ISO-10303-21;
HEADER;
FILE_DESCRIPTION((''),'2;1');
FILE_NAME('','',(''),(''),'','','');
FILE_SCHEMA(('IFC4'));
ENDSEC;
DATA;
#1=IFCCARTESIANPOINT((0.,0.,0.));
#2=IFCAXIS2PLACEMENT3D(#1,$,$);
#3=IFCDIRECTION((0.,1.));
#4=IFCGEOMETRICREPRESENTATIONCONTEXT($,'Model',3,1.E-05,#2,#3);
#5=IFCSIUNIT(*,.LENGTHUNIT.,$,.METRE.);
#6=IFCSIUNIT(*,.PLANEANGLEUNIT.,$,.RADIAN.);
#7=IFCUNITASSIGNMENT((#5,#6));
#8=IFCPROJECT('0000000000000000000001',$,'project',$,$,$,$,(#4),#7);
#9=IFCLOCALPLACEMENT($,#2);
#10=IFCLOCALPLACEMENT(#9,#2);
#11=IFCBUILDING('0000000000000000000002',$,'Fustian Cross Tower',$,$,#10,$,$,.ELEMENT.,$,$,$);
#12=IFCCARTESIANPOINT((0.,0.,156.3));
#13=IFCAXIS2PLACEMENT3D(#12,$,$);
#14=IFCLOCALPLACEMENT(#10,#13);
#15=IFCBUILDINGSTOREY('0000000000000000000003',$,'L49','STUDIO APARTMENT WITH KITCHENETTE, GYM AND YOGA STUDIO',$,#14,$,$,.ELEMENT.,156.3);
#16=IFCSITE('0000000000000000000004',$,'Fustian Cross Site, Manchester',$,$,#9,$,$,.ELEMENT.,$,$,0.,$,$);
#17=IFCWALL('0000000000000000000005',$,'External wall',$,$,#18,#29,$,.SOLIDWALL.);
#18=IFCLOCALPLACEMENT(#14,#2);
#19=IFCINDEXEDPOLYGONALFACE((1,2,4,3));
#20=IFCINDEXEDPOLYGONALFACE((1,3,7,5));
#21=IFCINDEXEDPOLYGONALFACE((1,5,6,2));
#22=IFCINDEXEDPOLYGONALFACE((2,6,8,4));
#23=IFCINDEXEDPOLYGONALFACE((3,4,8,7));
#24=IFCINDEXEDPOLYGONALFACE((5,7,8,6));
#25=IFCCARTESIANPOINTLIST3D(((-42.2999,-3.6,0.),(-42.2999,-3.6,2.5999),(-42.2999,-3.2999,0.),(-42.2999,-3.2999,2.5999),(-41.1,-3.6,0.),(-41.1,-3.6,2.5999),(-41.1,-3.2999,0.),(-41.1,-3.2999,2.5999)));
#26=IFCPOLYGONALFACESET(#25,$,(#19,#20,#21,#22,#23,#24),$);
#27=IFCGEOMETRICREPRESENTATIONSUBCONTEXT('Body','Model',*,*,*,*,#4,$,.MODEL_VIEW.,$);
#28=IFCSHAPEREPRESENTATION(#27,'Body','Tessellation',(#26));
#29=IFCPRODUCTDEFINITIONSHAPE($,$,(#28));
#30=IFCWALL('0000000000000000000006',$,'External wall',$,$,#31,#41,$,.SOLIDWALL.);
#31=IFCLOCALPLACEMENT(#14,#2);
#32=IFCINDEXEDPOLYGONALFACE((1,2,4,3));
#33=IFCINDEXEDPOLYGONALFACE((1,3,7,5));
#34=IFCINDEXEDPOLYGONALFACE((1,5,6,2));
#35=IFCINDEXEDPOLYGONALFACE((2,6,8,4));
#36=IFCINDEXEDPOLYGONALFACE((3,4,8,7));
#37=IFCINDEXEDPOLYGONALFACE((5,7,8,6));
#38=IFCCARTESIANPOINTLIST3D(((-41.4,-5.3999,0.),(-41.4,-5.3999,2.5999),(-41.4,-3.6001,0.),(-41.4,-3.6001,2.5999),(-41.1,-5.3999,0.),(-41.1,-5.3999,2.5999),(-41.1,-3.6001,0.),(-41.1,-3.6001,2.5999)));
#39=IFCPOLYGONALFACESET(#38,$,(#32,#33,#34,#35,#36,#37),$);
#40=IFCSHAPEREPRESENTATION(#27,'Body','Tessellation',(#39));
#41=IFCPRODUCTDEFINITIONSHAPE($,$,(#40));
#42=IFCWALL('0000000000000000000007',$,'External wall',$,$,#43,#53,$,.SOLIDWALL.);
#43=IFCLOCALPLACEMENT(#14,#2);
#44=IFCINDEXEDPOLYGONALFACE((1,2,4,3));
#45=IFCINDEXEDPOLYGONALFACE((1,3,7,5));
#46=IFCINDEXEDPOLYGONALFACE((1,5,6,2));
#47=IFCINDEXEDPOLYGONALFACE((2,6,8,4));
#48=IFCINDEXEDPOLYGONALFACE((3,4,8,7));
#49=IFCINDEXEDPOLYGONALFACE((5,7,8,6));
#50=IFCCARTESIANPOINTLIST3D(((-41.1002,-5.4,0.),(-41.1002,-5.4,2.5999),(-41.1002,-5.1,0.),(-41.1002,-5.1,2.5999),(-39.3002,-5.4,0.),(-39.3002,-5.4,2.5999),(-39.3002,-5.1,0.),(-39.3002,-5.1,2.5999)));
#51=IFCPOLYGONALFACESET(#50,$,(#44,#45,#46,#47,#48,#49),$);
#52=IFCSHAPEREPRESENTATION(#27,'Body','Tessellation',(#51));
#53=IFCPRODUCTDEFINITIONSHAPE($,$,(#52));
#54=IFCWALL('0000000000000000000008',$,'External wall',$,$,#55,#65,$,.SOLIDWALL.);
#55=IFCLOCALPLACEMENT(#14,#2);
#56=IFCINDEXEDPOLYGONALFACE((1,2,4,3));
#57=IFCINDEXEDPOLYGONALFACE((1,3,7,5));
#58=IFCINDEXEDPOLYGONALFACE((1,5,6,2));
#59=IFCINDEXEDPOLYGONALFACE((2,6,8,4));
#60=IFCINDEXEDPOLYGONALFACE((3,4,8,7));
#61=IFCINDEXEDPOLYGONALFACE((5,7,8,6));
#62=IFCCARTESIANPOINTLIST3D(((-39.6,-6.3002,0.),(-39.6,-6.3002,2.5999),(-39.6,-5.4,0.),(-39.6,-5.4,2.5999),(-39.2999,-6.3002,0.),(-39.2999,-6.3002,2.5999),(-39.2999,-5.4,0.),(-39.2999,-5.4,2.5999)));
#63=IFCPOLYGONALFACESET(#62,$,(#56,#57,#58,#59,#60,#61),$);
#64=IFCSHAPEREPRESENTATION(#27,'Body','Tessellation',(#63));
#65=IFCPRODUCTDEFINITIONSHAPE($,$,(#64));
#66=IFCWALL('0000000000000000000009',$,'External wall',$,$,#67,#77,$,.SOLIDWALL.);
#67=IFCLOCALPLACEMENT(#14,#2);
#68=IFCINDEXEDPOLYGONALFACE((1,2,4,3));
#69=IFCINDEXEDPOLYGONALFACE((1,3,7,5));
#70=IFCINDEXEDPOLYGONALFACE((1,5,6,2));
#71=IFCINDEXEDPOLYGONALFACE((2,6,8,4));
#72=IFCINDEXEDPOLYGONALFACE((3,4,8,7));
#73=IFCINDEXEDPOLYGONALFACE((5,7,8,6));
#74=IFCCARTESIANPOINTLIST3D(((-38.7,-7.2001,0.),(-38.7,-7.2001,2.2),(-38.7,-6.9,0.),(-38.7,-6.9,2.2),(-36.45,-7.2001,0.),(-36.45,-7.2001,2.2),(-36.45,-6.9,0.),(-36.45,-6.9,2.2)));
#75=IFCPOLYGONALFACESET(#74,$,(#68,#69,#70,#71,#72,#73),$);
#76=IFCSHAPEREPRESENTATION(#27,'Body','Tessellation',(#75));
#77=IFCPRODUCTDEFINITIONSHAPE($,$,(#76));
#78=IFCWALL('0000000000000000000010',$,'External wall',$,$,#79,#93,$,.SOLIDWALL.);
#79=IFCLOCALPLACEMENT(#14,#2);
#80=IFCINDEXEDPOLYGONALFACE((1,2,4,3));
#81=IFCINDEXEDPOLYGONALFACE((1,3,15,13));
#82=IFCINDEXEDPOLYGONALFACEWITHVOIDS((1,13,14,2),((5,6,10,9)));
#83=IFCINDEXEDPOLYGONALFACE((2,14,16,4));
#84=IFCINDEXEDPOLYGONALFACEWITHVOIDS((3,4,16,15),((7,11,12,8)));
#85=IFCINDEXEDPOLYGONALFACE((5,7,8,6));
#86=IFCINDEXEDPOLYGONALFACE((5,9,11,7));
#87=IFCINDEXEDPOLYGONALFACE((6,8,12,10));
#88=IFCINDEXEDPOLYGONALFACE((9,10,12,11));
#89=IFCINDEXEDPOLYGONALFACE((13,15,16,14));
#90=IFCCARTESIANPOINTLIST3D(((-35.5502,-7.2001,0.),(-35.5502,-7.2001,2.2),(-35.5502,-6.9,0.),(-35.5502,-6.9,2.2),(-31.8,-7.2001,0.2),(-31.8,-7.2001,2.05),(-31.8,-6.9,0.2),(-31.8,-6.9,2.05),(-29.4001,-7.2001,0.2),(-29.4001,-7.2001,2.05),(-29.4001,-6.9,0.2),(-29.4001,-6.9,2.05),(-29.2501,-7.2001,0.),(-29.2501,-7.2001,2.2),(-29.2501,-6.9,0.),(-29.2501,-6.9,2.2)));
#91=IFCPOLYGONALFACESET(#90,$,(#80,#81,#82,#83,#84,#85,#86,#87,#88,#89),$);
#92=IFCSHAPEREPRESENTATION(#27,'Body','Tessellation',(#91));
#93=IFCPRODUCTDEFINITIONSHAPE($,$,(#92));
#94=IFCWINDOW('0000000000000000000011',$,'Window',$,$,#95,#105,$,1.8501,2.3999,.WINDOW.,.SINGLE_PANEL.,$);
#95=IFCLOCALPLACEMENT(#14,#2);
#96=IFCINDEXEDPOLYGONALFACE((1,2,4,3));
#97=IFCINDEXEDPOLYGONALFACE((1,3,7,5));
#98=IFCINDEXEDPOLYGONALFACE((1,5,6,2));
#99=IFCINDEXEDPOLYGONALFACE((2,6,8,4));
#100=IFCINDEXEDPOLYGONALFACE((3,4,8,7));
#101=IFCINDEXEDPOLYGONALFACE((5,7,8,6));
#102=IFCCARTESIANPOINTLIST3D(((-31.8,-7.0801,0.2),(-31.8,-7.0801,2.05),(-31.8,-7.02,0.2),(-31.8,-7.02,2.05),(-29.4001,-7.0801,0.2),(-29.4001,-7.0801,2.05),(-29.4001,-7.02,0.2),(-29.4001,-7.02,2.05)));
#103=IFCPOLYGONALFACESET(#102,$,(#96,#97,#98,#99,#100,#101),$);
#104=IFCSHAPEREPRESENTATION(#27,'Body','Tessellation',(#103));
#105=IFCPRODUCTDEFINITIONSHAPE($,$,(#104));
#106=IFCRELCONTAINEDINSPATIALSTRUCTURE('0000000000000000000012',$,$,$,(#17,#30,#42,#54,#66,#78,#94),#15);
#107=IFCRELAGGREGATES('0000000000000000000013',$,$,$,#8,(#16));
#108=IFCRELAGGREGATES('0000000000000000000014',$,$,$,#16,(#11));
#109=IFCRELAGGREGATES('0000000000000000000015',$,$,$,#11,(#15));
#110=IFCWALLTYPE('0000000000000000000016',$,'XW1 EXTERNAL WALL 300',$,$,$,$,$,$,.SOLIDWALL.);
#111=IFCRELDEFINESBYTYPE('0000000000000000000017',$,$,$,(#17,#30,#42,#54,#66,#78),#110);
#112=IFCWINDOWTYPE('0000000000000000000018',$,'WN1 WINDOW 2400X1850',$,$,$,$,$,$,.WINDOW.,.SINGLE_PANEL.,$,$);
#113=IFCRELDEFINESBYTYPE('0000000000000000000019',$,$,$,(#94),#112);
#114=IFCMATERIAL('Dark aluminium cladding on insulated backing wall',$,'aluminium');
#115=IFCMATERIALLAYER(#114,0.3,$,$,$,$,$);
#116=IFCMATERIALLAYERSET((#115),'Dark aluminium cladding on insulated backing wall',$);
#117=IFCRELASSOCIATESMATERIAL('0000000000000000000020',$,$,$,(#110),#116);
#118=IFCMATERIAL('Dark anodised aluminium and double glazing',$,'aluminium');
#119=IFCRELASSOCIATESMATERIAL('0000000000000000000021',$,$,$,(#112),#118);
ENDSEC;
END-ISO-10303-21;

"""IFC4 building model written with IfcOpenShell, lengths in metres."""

from ifc_helpers import new_model, si_unit, direction, frame, frame_2d, origin, place, context, subcontext, project, spatial, rectangle, extrude, material, layer, layer_set, type_object, element, fill, save


model = new_model("IFC4")

# Units and contexts
model_context = context("Model", 3, precision=1e-05, world=origin(), true_north=direction((0.0, 1.0)))
body_context = subcontext(model_context, "Body", "Model", "MODEL_VIEW")
ifc_project = project(units=[si_unit("LENGTHUNIT", "METRE"), si_unit("PLANEANGLEUNIT", "RADIAN")], contexts=[model_context])

# Site, building, storey
site_placement = place(None, origin())
site = spatial("IfcSite", under=ifc_project, at=site_placement, Name="Fustian Cross Site, Manchester", CompositionType="ELEMENT", RefElevation=0.0)
building_placement = place(site_placement, origin())
building = spatial("IfcBuilding", under=site, at=building_placement, Name="Fustian Cross Tower", CompositionType="ELEMENT")
storey_placement = place(building_placement, frame((0.0, 0.0, 156.3)))
storey = spatial("IfcBuildingStorey", under=building, at=storey_placement, Name="L49", Description="STUDIO APARTMENT WITH KITCHENETTE, GYM AND YOGA STUDIO", CompositionType="ELEMENT", Elevation=156.3)

# Walls
ifc_material_1 = material(Name="Dark aluminium cladding on insulated backing wall", Category="aluminium")
ifc_layer_1 = layer(ifc_material_1, 0.3)
ifc_layer_set_1 = layer_set([ifc_layer_1], Name="Dark aluminium cladding on insulated backing wall")
wall_type_1 = type_object("IfcWallType", Name="XW1 EXTERNAL WALL 300", PredefinedType="SOLIDWALL", material=ifc_layer_set_1)
wall_1_placement = place(storey_placement, frame((-42.3, -3.45, 0.0), z_axis=(0.0, 0.0, 1.0), x_axis=(1.0, 0.0, 0.0)))
element("IfcWall", 1, at=wall_1_placement, inside=storey, type_object=wall_type_1, Name="External wall", PredefinedType="SOLIDWALL", context=body_context, shape_type="SweptSolid", body=[
    extrude(rectangle(XDim=1.2, YDim=0.3, at=frame_2d((0.6001, 0.0))), origin(), (0.0, 0.0, 1.0), 2.5999),
])
wall_2_placement = place(storey_placement, frame((-41.25, -3.6001, 0.0), z_axis=(0.0, 0.0, 1.0), x_axis=(0.0, -1.0, 0.0)))
element("IfcWall", 2, at=wall_2_placement, inside=storey, type_object=wall_type_1, Name="External wall", PredefinedType="SOLIDWALL", context=body_context, shape_type="SweptSolid", body=[
    extrude(rectangle(XDim=1.7998, YDim=0.3, at=frame_2d((0.8999, 0.0))), origin(), (0.0, 0.0, 1.0), 2.5999),
])
wall_3_placement = place(storey_placement, frame((-41.1001, -5.25, 0.0), z_axis=(0.0, 0.0, 1.0), x_axis=(1.0, 0.0, 0.0)))
element("IfcWall", 3, at=wall_3_placement, inside=storey, type_object=wall_type_1, Name="External wall", PredefinedType="SOLIDWALL", context=body_context, shape_type="SweptSolid", body=[
    extrude(rectangle(XDim=1.8, YDim=0.3, at=frame_2d((0.8999, 0.0))), origin(), (0.0, 0.0, 1.0), 2.5999),
])
wall_4_placement = place(storey_placement, frame((-39.45, -5.3999, 0.0), z_axis=(0.0, 0.0, 1.0), x_axis=(0.0, -1.0, 0.0)))
element("IfcWall", 4, at=wall_4_placement, inside=storey, type_object=wall_type_1, Name="External wall", PredefinedType="SOLIDWALL", context=body_context, shape_type="SweptSolid", body=[
    extrude(rectangle(XDim=0.9001, YDim=0.3, at=frame_2d((0.4502, 0.0))), origin(), (0.0, 0.0, 1.0), 2.5999),
])
wall_5_placement = place(storey_placement, frame((-38.7, -7.05, 0.0), z_axis=(0.0, 0.0, 1.0), x_axis=(1.0, 0.0, 0.0)))
element("IfcWall", 5, at=wall_5_placement, inside=storey, type_object=wall_type_1, Name="External wall", PredefinedType="SOLIDWALL", context=body_context, shape_type="SweptSolid", body=[
    extrude(rectangle(XDim=2.25, YDim=0.3, at=frame_2d((1.125, 0.0))), origin(), (0.0, 0.0, 1.0), 2.2),
])

# Wall, opening, window
wall_6_placement = place(storey_placement, frame((-35.55, -7.05, 0.0), z_axis=(0.0, 0.0, 1.0), x_axis=(1.0, 0.0, 0.0)))
wall_6 = element("IfcWall", 6, at=wall_6_placement, inside=storey, type_object=wall_type_1, Name="External wall", PredefinedType="SOLIDWALL", context=body_context, shape_type="SweptSolid", body=[
    extrude(rectangle(XDim=6.3, YDim=0.3, at=frame_2d((3.1499, 0.0))), origin(), (0.0, 0.0, 1.0), 2.2),
])
opening_1_placement = place(wall_6_placement, frame((3.75, 0.0, 0.2)))
opening_1 = element("IfcOpeningElement", 7, at=opening_1_placement, cuts=wall_6, PredefinedType="OPENING", context=body_context, shape_type="SweptSolid", body=[
    extrude(rectangle(XDim=2.3999, YDim=1.8501, at=frame_2d((1.2, 0.925))), frame((0.0, 0.1599, 0.0), z_axis=(0.0, -1.0, 0.0), x_axis=(1.0, 0.0, 0.0)), (0.0, 0.0, 1.0), 0.3201),
])
ifc_material_2 = material(Name="Dark anodised aluminium and double glazing", Category="aluminium")
window_type = type_object("IfcWindowType", Name="WN1 WINDOW 2400X1850", PartitioningType="SINGLE_PANEL", PredefinedType="WINDOW", material=ifc_material_2)
window_placement = place(opening_1_placement, origin())
window = element("IfcWindow", 8, at=window_placement, inside=storey, type_object=window_type, Name="Window", OverallHeight=1.8501, OverallWidth=2.3999, PartitioningType="SINGLE_PANEL", PredefinedType="WINDOW", context=body_context, shape_type="SweptSolid", body=[
    extrude(rectangle(XDim=2.3999, YDim=1.8501, at=frame_2d((1.2, 0.925))), frame((0.0, 0.03, 0.0), z_axis=(0.0, -1.0, 0.0), x_axis=(1.0, 0.0, 0.0)), (0.0, 0.0, 1.0), 0.0601),
])
fill(opening_1, window)

save(model, "model.ifc")
